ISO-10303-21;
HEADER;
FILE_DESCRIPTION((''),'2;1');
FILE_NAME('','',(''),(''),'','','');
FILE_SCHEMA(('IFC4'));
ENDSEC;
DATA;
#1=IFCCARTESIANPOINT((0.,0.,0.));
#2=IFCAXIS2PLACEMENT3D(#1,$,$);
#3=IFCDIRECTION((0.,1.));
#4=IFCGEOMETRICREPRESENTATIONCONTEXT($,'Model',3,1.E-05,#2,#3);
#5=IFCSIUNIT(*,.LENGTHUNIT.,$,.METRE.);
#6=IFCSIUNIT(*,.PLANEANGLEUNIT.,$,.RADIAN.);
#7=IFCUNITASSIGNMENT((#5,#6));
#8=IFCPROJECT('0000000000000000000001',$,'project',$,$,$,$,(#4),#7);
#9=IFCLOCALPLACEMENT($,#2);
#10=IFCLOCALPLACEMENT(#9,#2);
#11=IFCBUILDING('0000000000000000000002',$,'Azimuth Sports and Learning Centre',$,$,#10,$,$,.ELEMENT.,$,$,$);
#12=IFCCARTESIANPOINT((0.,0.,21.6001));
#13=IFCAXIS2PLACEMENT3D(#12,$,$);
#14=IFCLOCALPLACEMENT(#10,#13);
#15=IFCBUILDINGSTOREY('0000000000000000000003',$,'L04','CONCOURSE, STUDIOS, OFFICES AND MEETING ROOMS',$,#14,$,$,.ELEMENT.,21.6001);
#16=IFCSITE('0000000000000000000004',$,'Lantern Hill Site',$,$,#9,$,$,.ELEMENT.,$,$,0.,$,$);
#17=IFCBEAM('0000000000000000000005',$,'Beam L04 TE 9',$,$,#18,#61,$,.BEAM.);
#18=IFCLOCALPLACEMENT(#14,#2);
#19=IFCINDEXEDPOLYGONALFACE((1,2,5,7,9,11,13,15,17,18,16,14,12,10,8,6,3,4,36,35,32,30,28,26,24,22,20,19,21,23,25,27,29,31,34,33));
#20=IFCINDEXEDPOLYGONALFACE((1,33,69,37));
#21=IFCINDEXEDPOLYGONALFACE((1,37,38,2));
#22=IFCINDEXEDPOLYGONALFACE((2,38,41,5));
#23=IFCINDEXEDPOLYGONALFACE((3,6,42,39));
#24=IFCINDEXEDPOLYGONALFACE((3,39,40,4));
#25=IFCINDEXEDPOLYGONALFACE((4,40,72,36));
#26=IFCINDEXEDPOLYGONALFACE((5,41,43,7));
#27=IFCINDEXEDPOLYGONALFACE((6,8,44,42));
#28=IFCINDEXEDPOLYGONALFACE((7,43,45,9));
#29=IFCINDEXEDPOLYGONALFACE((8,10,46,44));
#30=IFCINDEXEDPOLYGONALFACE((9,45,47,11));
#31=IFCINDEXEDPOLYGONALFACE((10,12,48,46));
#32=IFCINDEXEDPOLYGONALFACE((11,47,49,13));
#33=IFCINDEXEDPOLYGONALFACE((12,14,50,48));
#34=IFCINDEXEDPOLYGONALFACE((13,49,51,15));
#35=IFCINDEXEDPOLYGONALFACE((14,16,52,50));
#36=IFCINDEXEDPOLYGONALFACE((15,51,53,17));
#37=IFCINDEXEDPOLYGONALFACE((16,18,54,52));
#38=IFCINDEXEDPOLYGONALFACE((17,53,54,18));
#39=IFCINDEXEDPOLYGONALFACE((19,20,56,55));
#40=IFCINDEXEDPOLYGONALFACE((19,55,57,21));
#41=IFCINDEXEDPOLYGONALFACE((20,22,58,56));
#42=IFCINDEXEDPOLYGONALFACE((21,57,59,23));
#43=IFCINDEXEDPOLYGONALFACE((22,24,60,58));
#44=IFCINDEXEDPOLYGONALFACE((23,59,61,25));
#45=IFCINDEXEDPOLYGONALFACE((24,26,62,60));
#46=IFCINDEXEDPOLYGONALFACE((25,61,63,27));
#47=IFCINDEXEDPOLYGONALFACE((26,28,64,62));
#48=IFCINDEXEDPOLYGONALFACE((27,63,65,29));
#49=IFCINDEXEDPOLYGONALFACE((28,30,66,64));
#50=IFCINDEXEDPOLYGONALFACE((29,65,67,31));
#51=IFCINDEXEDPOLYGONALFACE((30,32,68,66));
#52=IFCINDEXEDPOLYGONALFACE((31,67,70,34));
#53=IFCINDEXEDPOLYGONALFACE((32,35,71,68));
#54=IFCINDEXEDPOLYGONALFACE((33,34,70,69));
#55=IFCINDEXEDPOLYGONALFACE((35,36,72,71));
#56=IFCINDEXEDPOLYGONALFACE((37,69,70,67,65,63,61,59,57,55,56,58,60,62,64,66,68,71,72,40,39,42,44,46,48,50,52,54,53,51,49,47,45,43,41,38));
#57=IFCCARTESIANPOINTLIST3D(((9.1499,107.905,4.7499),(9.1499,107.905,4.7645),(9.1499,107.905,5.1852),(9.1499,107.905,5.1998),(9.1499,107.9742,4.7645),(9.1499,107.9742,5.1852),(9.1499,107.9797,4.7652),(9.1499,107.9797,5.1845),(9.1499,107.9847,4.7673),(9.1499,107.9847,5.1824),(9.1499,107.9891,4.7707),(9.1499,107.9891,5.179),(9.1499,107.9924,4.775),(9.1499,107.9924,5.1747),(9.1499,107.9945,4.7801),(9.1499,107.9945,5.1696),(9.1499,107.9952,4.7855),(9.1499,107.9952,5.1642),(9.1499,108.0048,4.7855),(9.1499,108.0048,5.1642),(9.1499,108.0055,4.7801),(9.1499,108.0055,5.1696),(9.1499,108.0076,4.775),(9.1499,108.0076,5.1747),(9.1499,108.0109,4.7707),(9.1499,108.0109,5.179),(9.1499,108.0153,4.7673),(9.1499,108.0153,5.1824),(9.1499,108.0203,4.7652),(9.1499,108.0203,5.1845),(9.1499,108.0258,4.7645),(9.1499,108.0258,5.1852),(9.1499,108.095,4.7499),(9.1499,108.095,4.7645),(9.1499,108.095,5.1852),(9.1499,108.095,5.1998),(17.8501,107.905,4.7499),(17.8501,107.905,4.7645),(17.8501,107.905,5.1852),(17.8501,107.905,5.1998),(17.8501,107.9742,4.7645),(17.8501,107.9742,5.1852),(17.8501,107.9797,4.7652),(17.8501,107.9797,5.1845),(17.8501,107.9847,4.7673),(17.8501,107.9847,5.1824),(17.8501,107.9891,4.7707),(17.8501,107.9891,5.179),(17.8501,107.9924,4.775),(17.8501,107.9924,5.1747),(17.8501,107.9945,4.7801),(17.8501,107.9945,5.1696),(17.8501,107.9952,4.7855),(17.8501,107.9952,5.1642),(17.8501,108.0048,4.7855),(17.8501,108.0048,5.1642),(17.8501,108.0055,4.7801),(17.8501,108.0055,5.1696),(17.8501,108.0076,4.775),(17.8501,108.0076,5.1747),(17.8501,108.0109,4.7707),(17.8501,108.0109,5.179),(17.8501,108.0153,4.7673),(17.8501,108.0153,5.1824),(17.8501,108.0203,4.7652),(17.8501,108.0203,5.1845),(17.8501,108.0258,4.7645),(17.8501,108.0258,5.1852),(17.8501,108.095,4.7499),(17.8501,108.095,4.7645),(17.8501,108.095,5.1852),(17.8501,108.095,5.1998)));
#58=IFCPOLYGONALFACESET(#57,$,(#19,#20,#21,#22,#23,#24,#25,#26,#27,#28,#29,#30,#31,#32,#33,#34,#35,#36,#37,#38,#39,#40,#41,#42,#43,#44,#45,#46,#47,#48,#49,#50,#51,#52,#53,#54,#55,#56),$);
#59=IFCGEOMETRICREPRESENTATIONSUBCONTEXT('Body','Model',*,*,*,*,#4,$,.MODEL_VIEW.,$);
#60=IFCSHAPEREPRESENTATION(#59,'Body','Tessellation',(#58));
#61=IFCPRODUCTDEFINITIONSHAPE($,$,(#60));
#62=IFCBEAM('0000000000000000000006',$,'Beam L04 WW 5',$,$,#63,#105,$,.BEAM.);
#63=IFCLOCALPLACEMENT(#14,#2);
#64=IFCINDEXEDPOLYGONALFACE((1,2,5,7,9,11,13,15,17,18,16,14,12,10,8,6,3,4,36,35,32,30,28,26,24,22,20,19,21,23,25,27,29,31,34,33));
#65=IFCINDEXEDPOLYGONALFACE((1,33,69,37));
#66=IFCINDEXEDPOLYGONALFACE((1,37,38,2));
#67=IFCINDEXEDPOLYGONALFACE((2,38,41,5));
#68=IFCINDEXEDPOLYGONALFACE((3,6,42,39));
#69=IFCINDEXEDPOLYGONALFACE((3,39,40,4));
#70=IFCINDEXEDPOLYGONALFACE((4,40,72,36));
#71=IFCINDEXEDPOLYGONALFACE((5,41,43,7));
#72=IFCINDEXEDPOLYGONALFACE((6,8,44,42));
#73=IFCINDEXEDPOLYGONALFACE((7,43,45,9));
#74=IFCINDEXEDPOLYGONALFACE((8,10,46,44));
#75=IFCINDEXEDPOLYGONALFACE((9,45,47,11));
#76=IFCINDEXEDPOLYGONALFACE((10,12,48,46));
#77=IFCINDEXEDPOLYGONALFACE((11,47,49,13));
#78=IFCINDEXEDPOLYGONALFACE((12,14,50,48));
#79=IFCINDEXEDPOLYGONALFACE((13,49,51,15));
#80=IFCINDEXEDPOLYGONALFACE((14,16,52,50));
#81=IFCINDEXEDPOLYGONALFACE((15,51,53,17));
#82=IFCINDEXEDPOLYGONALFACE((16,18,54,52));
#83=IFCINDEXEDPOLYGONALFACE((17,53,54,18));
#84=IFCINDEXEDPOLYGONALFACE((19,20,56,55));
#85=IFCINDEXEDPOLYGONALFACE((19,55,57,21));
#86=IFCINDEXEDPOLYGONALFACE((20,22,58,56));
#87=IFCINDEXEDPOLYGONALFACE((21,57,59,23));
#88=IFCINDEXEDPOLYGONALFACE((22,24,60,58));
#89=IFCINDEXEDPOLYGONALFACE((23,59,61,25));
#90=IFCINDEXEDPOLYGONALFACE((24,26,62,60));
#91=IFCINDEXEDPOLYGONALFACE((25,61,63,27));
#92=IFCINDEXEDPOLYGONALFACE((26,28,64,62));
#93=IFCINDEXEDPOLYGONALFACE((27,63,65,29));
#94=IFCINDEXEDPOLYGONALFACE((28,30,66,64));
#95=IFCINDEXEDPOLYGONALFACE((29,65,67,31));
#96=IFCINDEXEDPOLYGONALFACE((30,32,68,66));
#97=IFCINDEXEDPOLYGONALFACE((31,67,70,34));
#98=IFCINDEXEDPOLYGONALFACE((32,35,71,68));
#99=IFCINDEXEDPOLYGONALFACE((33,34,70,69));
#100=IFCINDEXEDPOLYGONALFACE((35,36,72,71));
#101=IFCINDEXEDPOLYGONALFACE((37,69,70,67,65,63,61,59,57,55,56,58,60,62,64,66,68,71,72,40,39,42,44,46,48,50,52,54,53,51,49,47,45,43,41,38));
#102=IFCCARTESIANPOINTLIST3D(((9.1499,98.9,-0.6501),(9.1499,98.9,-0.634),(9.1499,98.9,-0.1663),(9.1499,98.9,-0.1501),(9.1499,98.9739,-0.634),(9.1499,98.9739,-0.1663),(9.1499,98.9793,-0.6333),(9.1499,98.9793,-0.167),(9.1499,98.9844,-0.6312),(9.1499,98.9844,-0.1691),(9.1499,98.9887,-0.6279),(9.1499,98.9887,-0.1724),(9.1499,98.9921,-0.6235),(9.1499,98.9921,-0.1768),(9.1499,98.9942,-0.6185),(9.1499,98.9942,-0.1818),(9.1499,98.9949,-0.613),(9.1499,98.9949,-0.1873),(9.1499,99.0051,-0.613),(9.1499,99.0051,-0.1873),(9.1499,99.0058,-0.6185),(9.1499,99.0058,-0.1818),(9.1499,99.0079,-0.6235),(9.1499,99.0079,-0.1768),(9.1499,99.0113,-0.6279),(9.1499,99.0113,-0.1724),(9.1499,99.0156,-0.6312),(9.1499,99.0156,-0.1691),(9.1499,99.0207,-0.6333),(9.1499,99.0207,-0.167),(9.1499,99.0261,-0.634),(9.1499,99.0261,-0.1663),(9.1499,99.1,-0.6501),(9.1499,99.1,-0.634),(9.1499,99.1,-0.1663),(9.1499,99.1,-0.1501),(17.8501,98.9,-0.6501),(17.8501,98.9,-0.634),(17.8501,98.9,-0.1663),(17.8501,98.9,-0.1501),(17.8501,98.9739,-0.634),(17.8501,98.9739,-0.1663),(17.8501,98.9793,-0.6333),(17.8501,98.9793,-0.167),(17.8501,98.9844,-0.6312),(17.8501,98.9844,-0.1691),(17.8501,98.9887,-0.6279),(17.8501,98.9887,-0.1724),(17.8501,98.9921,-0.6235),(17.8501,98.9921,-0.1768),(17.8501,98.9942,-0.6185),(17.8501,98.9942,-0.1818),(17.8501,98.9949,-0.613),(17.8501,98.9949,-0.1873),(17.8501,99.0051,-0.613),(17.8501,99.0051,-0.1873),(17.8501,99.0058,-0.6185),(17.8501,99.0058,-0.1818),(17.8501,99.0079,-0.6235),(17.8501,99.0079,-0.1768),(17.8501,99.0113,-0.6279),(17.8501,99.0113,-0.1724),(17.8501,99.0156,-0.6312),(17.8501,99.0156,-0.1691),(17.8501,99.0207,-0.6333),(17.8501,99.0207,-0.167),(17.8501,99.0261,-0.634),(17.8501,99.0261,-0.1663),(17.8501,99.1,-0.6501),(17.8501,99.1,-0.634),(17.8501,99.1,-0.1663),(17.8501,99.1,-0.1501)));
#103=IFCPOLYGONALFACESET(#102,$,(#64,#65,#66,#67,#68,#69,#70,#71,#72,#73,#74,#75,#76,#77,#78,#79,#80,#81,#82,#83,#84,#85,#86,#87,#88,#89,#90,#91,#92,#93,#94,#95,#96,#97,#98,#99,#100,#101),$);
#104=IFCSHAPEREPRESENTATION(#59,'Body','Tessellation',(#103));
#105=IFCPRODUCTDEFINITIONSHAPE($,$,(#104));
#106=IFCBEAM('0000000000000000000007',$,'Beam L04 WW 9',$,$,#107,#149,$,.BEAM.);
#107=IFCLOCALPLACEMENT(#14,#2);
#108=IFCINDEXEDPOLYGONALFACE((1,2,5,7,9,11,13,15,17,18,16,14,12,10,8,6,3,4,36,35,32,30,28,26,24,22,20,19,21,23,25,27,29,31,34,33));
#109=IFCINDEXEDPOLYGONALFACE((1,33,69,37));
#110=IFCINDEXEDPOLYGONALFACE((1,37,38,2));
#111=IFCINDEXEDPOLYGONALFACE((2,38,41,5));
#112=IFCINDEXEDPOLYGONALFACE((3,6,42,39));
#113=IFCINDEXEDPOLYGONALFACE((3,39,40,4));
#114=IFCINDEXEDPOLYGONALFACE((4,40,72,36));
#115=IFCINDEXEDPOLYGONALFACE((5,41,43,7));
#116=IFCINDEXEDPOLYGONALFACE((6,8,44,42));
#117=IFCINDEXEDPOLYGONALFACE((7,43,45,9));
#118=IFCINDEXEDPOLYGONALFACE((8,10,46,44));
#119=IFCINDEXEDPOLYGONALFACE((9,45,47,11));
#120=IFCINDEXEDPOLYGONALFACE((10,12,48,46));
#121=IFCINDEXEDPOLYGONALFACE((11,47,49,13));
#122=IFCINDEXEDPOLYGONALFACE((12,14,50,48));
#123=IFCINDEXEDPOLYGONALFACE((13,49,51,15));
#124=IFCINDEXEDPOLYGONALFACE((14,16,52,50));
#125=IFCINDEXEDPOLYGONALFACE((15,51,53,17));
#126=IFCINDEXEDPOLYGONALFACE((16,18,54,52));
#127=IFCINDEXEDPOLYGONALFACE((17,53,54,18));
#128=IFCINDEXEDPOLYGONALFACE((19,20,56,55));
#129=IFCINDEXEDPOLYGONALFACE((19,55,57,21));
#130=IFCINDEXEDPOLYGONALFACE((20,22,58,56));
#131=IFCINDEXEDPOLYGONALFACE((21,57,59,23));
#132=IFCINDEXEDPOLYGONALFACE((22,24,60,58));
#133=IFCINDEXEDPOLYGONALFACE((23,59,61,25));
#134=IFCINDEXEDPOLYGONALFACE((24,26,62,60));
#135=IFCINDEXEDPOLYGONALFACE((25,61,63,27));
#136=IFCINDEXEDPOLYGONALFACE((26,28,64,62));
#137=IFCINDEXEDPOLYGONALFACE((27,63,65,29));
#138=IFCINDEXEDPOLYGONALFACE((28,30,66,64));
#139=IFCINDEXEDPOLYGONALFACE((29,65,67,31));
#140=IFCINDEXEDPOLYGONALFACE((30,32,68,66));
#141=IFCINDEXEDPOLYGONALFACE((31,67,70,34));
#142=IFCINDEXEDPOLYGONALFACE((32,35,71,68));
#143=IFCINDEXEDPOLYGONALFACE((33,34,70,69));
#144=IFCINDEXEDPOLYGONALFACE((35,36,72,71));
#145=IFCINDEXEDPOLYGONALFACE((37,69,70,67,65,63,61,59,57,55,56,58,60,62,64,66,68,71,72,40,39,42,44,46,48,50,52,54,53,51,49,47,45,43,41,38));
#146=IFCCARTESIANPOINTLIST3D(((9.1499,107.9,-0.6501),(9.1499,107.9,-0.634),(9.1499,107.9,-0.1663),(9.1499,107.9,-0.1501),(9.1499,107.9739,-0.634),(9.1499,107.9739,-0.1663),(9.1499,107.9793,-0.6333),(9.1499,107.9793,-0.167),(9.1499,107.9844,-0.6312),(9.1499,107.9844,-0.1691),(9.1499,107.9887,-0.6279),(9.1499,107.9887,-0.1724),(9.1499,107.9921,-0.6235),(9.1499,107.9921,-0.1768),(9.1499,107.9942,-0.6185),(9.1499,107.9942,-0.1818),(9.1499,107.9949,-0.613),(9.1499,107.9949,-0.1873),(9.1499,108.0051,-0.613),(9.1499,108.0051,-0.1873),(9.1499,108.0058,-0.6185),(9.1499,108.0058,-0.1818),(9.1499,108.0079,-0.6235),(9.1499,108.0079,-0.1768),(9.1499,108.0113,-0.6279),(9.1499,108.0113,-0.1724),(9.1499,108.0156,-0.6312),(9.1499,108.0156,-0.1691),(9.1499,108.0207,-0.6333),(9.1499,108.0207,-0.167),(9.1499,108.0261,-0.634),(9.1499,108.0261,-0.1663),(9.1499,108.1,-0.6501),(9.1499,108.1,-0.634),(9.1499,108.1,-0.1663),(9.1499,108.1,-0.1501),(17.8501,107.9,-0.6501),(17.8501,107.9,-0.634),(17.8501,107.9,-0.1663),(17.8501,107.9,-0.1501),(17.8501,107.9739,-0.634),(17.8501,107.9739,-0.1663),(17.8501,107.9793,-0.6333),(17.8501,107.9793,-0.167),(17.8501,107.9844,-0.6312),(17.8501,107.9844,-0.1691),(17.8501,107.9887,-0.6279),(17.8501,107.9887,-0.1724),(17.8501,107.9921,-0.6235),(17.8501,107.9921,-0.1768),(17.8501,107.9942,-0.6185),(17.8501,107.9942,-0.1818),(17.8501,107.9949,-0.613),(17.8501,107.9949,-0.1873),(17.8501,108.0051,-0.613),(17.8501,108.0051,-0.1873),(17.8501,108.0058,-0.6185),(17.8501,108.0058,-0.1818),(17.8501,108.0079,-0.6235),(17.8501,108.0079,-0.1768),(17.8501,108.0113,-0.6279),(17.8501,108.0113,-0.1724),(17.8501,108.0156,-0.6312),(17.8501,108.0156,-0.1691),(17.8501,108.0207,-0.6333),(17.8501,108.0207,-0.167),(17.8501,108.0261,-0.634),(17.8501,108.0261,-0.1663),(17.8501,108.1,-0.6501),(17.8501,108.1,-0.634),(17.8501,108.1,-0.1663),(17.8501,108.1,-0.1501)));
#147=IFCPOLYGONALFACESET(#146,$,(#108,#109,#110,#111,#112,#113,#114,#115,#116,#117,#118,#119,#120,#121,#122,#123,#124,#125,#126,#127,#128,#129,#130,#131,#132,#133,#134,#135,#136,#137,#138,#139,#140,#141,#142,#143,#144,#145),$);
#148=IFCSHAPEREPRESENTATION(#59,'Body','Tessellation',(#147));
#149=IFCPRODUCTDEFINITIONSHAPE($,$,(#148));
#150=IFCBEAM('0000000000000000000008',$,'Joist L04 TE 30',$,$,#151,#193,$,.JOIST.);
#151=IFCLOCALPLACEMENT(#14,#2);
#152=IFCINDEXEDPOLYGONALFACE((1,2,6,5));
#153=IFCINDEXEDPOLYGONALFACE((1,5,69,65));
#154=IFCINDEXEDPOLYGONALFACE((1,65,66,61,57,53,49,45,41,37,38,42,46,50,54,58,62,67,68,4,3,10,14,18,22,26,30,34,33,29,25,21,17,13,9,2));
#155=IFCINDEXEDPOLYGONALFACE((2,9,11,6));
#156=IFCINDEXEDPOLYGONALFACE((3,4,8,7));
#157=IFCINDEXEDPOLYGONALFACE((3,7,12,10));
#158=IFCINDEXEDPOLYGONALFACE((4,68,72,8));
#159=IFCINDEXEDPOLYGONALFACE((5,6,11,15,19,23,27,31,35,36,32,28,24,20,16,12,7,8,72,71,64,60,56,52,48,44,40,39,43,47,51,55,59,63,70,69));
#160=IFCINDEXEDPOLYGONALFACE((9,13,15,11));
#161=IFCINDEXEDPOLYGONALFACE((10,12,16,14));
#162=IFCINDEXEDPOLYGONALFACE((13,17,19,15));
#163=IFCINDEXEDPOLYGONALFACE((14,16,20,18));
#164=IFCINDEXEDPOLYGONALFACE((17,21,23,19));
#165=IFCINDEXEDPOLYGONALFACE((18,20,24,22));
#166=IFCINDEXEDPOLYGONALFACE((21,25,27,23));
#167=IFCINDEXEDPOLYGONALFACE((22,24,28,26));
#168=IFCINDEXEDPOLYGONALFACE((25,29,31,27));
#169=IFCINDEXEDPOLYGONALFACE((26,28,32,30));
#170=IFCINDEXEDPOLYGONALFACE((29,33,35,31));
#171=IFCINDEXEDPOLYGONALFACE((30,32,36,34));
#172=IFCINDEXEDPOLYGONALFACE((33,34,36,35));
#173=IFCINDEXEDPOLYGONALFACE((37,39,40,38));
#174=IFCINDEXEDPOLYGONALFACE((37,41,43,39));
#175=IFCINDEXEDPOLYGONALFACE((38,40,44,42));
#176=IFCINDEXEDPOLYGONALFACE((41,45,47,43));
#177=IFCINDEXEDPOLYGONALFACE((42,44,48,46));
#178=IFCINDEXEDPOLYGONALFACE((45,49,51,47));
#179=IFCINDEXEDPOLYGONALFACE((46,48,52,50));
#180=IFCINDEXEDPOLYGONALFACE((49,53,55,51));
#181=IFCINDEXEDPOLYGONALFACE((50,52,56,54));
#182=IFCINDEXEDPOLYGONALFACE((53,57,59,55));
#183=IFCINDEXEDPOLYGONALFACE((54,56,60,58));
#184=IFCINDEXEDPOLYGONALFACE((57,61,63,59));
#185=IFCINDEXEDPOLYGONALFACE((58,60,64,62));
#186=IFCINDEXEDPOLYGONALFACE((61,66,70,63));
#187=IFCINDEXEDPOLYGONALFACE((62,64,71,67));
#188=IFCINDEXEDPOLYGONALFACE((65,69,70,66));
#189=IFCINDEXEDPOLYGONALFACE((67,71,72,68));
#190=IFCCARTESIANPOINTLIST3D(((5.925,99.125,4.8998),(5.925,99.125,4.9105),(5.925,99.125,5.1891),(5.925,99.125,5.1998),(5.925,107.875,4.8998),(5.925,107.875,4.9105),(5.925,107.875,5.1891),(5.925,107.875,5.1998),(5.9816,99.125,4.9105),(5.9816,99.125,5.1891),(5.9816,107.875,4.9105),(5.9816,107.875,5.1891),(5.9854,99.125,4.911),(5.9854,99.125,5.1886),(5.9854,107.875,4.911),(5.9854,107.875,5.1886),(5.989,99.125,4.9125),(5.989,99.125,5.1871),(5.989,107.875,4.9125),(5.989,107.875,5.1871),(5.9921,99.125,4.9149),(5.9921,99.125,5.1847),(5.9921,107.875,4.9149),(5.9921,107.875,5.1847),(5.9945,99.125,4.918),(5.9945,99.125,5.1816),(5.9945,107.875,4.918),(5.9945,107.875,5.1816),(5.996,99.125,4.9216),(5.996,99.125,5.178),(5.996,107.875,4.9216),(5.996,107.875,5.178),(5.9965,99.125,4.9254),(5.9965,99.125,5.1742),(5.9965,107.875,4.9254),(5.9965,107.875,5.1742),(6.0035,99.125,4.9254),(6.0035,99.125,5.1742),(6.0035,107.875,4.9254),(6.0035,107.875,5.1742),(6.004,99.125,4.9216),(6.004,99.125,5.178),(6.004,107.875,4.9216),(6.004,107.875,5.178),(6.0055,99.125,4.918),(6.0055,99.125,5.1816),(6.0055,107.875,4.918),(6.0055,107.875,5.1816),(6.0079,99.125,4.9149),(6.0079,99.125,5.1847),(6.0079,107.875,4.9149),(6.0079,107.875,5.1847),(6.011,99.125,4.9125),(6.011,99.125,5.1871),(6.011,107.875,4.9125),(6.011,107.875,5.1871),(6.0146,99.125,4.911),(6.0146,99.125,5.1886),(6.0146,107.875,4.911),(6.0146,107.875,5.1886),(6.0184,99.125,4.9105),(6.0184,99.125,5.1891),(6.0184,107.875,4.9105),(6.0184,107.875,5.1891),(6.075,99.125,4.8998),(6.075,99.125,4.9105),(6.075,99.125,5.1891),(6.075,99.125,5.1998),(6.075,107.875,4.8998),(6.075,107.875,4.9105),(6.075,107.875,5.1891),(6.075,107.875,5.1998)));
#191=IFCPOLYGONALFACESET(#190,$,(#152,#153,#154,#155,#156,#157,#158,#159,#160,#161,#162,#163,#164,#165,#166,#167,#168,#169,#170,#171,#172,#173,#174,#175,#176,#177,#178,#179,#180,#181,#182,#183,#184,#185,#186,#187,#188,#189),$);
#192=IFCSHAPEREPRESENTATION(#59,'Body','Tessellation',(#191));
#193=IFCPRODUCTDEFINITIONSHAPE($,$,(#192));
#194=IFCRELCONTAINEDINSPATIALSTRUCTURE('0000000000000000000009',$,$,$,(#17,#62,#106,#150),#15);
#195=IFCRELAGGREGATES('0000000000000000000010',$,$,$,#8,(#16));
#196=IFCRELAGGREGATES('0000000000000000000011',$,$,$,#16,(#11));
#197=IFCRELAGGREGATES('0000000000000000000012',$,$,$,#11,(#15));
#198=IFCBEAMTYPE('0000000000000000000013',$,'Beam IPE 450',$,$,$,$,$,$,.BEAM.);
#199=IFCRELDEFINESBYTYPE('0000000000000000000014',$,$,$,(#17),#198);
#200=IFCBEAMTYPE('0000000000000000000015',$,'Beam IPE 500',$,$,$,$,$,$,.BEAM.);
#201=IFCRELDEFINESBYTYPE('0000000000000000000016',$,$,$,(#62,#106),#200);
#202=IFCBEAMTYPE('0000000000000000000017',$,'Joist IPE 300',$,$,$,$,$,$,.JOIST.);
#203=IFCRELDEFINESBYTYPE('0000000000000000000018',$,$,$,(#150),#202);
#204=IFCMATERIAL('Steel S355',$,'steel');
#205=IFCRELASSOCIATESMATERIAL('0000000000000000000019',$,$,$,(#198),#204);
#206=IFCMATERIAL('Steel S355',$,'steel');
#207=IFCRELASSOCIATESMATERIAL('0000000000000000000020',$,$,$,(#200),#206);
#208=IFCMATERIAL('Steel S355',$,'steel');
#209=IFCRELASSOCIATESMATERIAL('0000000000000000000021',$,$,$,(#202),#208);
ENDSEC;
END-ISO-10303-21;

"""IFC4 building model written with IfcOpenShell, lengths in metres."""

from ifc_helpers import new_model, si_unit, direction, frame, origin, origin_2d, place, context, subcontext, project, spatial, i_section, extrude, material, material_profile, profile_set, type_object, element, save


model = new_model("IFC4")

# Units and contexts
model_context = context("Model", 3, precision=1e-05, world=origin(), true_north=direction((0.0, 1.0)))
body_context = subcontext(model_context, "Body", "Model", "MODEL_VIEW")
ifc_project = project(units=[si_unit("LENGTHUNIT", "METRE"), si_unit("PLANEANGLEUNIT", "RADIAN")], contexts=[model_context])

# Site, building, storey
site_placement = place(None, origin())
site = spatial("IfcSite", under=ifc_project, at=site_placement, Name="Lantern Hill Site", CompositionType="ELEMENT", RefElevation=0.0)
building_placement = place(site_placement, origin())
building = spatial("IfcBuilding", under=site, at=building_placement, Name="Azimuth Sports and Learning Centre", CompositionType="ELEMENT")
storey_placement = place(building_placement, frame((0.0, 0.0, 21.6001)))
storey = spatial("IfcBuildingStorey", under=building, at=storey_placement, Name="L04", Description="CONCOURSE, STUDIOS, OFFICES AND MEETING ROOMS", CompositionType="ELEMENT", Elevation=21.6001)

# Beams
ifc_material_1 = material(Name="Steel S355", Category="steel")
ifc_material_profile_1 = material_profile(ifc_material_1, i_section(OverallWidth=0.1899, OverallDepth=0.45, WebThickness=0.0095, FlangeThickness=0.0146, FilletRadius=0.021, at=origin_2d()), Name="IPE 450")
ifc_profile_set_1 = profile_set([ifc_material_profile_1], Name="Steel S355")
beam_type_1 = type_object("IfcBeamType", Name="Beam IPE 450", PredefinedType="BEAM", material=ifc_profile_set_1)
for number, where, z_axis, x_axis, name in (
    (1, (9.1499, 108.0, 4.9749), (1.0, 0.0, 0.0), (0.0, 1.0, 0.0), "Beam L04 TE 9"),
):
    element("IfcBeam", number, at=place(storey_placement, frame(where, z_axis=z_axis, x_axis=x_axis)), inside=storey, type_object=beam_type_1, Name=name, PredefinedType="BEAM", context=body_context, shape_type="SweptSolid", body=[
        extrude(i_section(OverallWidth=0.1899, OverallDepth=0.45, WebThickness=0.0095, FlangeThickness=0.0146, FilletRadius=0.021, at=origin_2d()), origin(), (0.0, 0.0, 1.0), 8.7002),
    ])
ifc_material_2 = material(Name="Steel S355", Category="steel")
ifc_material_profile_2 = material_profile(ifc_material_2, i_section(OverallWidth=0.2, OverallDepth=0.5, WebThickness=0.0103, FlangeThickness=0.0161, FilletRadius=0.021, at=origin_2d()), Name="IPE 500")
ifc_profile_set_2 = profile_set([ifc_material_profile_2], Name="Steel S355")
beam_type_2 = type_object("IfcBeamType", Name="Beam IPE 500", PredefinedType="BEAM", material=ifc_profile_set_2)
for number, where, z_axis, x_axis, name in (
    (2, (9.1499, 99.0, -0.4001), (1.0, 0.0, 0.0), (0.0, 1.0, 0.0), "Beam L04 WW 5"),
    (3, (9.1499, 108.0, -0.4001), (1.0, 0.0, 0.0), (0.0, 1.0, 0.0), "Beam L04 WW 9"),
):
    element("IfcBeam", number, at=place(storey_placement, frame(where, z_axis=z_axis, x_axis=x_axis)), inside=storey, type_object=beam_type_2, Name=name, PredefinedType="BEAM", context=body_context, shape_type="SweptSolid", body=[
        extrude(i_section(OverallWidth=0.2, OverallDepth=0.5, WebThickness=0.0103, FlangeThickness=0.0161, FilletRadius=0.021, at=origin_2d()), origin(), (0.0, 0.0, 1.0), 8.7002),
    ])
ifc_material_3 = material(Name="Steel S355", Category="steel")
ifc_material_profile_3 = material_profile(ifc_material_3, i_section(OverallWidth=0.1499, OverallDepth=0.3, WebThickness=0.0071, FlangeThickness=0.0107, FilletRadius=0.0149, at=origin_2d()), Name="IPE 300")
ifc_profile_set_3 = profile_set([ifc_material_profile_3], Name="Steel S355")
beam_type_3 = type_object("IfcBeamType", Name="Joist IPE 300", PredefinedType="JOIST", material=ifc_profile_set_3)
beam_placement = place(storey_placement, frame((6.0, 99.125, 5.0498), z_axis=(0.0, 1.0, 0.0), x_axis=(-1.0, 0.0, 0.0)))
element("IfcBeam", 4, at=beam_placement, inside=storey, type_object=beam_type_3, Name="Joist L04 TE 30", PredefinedType="JOIST", context=body_context, shape_type="SweptSolid", body=[
    extrude(i_section(OverallWidth=0.1499, OverallDepth=0.3, WebThickness=0.0071, FlangeThickness=0.0107, FilletRadius=0.0149, at=origin_2d()), origin(), (0.0, 0.0, 1.0), 8.75),
])

save(model, "model.ifc")
